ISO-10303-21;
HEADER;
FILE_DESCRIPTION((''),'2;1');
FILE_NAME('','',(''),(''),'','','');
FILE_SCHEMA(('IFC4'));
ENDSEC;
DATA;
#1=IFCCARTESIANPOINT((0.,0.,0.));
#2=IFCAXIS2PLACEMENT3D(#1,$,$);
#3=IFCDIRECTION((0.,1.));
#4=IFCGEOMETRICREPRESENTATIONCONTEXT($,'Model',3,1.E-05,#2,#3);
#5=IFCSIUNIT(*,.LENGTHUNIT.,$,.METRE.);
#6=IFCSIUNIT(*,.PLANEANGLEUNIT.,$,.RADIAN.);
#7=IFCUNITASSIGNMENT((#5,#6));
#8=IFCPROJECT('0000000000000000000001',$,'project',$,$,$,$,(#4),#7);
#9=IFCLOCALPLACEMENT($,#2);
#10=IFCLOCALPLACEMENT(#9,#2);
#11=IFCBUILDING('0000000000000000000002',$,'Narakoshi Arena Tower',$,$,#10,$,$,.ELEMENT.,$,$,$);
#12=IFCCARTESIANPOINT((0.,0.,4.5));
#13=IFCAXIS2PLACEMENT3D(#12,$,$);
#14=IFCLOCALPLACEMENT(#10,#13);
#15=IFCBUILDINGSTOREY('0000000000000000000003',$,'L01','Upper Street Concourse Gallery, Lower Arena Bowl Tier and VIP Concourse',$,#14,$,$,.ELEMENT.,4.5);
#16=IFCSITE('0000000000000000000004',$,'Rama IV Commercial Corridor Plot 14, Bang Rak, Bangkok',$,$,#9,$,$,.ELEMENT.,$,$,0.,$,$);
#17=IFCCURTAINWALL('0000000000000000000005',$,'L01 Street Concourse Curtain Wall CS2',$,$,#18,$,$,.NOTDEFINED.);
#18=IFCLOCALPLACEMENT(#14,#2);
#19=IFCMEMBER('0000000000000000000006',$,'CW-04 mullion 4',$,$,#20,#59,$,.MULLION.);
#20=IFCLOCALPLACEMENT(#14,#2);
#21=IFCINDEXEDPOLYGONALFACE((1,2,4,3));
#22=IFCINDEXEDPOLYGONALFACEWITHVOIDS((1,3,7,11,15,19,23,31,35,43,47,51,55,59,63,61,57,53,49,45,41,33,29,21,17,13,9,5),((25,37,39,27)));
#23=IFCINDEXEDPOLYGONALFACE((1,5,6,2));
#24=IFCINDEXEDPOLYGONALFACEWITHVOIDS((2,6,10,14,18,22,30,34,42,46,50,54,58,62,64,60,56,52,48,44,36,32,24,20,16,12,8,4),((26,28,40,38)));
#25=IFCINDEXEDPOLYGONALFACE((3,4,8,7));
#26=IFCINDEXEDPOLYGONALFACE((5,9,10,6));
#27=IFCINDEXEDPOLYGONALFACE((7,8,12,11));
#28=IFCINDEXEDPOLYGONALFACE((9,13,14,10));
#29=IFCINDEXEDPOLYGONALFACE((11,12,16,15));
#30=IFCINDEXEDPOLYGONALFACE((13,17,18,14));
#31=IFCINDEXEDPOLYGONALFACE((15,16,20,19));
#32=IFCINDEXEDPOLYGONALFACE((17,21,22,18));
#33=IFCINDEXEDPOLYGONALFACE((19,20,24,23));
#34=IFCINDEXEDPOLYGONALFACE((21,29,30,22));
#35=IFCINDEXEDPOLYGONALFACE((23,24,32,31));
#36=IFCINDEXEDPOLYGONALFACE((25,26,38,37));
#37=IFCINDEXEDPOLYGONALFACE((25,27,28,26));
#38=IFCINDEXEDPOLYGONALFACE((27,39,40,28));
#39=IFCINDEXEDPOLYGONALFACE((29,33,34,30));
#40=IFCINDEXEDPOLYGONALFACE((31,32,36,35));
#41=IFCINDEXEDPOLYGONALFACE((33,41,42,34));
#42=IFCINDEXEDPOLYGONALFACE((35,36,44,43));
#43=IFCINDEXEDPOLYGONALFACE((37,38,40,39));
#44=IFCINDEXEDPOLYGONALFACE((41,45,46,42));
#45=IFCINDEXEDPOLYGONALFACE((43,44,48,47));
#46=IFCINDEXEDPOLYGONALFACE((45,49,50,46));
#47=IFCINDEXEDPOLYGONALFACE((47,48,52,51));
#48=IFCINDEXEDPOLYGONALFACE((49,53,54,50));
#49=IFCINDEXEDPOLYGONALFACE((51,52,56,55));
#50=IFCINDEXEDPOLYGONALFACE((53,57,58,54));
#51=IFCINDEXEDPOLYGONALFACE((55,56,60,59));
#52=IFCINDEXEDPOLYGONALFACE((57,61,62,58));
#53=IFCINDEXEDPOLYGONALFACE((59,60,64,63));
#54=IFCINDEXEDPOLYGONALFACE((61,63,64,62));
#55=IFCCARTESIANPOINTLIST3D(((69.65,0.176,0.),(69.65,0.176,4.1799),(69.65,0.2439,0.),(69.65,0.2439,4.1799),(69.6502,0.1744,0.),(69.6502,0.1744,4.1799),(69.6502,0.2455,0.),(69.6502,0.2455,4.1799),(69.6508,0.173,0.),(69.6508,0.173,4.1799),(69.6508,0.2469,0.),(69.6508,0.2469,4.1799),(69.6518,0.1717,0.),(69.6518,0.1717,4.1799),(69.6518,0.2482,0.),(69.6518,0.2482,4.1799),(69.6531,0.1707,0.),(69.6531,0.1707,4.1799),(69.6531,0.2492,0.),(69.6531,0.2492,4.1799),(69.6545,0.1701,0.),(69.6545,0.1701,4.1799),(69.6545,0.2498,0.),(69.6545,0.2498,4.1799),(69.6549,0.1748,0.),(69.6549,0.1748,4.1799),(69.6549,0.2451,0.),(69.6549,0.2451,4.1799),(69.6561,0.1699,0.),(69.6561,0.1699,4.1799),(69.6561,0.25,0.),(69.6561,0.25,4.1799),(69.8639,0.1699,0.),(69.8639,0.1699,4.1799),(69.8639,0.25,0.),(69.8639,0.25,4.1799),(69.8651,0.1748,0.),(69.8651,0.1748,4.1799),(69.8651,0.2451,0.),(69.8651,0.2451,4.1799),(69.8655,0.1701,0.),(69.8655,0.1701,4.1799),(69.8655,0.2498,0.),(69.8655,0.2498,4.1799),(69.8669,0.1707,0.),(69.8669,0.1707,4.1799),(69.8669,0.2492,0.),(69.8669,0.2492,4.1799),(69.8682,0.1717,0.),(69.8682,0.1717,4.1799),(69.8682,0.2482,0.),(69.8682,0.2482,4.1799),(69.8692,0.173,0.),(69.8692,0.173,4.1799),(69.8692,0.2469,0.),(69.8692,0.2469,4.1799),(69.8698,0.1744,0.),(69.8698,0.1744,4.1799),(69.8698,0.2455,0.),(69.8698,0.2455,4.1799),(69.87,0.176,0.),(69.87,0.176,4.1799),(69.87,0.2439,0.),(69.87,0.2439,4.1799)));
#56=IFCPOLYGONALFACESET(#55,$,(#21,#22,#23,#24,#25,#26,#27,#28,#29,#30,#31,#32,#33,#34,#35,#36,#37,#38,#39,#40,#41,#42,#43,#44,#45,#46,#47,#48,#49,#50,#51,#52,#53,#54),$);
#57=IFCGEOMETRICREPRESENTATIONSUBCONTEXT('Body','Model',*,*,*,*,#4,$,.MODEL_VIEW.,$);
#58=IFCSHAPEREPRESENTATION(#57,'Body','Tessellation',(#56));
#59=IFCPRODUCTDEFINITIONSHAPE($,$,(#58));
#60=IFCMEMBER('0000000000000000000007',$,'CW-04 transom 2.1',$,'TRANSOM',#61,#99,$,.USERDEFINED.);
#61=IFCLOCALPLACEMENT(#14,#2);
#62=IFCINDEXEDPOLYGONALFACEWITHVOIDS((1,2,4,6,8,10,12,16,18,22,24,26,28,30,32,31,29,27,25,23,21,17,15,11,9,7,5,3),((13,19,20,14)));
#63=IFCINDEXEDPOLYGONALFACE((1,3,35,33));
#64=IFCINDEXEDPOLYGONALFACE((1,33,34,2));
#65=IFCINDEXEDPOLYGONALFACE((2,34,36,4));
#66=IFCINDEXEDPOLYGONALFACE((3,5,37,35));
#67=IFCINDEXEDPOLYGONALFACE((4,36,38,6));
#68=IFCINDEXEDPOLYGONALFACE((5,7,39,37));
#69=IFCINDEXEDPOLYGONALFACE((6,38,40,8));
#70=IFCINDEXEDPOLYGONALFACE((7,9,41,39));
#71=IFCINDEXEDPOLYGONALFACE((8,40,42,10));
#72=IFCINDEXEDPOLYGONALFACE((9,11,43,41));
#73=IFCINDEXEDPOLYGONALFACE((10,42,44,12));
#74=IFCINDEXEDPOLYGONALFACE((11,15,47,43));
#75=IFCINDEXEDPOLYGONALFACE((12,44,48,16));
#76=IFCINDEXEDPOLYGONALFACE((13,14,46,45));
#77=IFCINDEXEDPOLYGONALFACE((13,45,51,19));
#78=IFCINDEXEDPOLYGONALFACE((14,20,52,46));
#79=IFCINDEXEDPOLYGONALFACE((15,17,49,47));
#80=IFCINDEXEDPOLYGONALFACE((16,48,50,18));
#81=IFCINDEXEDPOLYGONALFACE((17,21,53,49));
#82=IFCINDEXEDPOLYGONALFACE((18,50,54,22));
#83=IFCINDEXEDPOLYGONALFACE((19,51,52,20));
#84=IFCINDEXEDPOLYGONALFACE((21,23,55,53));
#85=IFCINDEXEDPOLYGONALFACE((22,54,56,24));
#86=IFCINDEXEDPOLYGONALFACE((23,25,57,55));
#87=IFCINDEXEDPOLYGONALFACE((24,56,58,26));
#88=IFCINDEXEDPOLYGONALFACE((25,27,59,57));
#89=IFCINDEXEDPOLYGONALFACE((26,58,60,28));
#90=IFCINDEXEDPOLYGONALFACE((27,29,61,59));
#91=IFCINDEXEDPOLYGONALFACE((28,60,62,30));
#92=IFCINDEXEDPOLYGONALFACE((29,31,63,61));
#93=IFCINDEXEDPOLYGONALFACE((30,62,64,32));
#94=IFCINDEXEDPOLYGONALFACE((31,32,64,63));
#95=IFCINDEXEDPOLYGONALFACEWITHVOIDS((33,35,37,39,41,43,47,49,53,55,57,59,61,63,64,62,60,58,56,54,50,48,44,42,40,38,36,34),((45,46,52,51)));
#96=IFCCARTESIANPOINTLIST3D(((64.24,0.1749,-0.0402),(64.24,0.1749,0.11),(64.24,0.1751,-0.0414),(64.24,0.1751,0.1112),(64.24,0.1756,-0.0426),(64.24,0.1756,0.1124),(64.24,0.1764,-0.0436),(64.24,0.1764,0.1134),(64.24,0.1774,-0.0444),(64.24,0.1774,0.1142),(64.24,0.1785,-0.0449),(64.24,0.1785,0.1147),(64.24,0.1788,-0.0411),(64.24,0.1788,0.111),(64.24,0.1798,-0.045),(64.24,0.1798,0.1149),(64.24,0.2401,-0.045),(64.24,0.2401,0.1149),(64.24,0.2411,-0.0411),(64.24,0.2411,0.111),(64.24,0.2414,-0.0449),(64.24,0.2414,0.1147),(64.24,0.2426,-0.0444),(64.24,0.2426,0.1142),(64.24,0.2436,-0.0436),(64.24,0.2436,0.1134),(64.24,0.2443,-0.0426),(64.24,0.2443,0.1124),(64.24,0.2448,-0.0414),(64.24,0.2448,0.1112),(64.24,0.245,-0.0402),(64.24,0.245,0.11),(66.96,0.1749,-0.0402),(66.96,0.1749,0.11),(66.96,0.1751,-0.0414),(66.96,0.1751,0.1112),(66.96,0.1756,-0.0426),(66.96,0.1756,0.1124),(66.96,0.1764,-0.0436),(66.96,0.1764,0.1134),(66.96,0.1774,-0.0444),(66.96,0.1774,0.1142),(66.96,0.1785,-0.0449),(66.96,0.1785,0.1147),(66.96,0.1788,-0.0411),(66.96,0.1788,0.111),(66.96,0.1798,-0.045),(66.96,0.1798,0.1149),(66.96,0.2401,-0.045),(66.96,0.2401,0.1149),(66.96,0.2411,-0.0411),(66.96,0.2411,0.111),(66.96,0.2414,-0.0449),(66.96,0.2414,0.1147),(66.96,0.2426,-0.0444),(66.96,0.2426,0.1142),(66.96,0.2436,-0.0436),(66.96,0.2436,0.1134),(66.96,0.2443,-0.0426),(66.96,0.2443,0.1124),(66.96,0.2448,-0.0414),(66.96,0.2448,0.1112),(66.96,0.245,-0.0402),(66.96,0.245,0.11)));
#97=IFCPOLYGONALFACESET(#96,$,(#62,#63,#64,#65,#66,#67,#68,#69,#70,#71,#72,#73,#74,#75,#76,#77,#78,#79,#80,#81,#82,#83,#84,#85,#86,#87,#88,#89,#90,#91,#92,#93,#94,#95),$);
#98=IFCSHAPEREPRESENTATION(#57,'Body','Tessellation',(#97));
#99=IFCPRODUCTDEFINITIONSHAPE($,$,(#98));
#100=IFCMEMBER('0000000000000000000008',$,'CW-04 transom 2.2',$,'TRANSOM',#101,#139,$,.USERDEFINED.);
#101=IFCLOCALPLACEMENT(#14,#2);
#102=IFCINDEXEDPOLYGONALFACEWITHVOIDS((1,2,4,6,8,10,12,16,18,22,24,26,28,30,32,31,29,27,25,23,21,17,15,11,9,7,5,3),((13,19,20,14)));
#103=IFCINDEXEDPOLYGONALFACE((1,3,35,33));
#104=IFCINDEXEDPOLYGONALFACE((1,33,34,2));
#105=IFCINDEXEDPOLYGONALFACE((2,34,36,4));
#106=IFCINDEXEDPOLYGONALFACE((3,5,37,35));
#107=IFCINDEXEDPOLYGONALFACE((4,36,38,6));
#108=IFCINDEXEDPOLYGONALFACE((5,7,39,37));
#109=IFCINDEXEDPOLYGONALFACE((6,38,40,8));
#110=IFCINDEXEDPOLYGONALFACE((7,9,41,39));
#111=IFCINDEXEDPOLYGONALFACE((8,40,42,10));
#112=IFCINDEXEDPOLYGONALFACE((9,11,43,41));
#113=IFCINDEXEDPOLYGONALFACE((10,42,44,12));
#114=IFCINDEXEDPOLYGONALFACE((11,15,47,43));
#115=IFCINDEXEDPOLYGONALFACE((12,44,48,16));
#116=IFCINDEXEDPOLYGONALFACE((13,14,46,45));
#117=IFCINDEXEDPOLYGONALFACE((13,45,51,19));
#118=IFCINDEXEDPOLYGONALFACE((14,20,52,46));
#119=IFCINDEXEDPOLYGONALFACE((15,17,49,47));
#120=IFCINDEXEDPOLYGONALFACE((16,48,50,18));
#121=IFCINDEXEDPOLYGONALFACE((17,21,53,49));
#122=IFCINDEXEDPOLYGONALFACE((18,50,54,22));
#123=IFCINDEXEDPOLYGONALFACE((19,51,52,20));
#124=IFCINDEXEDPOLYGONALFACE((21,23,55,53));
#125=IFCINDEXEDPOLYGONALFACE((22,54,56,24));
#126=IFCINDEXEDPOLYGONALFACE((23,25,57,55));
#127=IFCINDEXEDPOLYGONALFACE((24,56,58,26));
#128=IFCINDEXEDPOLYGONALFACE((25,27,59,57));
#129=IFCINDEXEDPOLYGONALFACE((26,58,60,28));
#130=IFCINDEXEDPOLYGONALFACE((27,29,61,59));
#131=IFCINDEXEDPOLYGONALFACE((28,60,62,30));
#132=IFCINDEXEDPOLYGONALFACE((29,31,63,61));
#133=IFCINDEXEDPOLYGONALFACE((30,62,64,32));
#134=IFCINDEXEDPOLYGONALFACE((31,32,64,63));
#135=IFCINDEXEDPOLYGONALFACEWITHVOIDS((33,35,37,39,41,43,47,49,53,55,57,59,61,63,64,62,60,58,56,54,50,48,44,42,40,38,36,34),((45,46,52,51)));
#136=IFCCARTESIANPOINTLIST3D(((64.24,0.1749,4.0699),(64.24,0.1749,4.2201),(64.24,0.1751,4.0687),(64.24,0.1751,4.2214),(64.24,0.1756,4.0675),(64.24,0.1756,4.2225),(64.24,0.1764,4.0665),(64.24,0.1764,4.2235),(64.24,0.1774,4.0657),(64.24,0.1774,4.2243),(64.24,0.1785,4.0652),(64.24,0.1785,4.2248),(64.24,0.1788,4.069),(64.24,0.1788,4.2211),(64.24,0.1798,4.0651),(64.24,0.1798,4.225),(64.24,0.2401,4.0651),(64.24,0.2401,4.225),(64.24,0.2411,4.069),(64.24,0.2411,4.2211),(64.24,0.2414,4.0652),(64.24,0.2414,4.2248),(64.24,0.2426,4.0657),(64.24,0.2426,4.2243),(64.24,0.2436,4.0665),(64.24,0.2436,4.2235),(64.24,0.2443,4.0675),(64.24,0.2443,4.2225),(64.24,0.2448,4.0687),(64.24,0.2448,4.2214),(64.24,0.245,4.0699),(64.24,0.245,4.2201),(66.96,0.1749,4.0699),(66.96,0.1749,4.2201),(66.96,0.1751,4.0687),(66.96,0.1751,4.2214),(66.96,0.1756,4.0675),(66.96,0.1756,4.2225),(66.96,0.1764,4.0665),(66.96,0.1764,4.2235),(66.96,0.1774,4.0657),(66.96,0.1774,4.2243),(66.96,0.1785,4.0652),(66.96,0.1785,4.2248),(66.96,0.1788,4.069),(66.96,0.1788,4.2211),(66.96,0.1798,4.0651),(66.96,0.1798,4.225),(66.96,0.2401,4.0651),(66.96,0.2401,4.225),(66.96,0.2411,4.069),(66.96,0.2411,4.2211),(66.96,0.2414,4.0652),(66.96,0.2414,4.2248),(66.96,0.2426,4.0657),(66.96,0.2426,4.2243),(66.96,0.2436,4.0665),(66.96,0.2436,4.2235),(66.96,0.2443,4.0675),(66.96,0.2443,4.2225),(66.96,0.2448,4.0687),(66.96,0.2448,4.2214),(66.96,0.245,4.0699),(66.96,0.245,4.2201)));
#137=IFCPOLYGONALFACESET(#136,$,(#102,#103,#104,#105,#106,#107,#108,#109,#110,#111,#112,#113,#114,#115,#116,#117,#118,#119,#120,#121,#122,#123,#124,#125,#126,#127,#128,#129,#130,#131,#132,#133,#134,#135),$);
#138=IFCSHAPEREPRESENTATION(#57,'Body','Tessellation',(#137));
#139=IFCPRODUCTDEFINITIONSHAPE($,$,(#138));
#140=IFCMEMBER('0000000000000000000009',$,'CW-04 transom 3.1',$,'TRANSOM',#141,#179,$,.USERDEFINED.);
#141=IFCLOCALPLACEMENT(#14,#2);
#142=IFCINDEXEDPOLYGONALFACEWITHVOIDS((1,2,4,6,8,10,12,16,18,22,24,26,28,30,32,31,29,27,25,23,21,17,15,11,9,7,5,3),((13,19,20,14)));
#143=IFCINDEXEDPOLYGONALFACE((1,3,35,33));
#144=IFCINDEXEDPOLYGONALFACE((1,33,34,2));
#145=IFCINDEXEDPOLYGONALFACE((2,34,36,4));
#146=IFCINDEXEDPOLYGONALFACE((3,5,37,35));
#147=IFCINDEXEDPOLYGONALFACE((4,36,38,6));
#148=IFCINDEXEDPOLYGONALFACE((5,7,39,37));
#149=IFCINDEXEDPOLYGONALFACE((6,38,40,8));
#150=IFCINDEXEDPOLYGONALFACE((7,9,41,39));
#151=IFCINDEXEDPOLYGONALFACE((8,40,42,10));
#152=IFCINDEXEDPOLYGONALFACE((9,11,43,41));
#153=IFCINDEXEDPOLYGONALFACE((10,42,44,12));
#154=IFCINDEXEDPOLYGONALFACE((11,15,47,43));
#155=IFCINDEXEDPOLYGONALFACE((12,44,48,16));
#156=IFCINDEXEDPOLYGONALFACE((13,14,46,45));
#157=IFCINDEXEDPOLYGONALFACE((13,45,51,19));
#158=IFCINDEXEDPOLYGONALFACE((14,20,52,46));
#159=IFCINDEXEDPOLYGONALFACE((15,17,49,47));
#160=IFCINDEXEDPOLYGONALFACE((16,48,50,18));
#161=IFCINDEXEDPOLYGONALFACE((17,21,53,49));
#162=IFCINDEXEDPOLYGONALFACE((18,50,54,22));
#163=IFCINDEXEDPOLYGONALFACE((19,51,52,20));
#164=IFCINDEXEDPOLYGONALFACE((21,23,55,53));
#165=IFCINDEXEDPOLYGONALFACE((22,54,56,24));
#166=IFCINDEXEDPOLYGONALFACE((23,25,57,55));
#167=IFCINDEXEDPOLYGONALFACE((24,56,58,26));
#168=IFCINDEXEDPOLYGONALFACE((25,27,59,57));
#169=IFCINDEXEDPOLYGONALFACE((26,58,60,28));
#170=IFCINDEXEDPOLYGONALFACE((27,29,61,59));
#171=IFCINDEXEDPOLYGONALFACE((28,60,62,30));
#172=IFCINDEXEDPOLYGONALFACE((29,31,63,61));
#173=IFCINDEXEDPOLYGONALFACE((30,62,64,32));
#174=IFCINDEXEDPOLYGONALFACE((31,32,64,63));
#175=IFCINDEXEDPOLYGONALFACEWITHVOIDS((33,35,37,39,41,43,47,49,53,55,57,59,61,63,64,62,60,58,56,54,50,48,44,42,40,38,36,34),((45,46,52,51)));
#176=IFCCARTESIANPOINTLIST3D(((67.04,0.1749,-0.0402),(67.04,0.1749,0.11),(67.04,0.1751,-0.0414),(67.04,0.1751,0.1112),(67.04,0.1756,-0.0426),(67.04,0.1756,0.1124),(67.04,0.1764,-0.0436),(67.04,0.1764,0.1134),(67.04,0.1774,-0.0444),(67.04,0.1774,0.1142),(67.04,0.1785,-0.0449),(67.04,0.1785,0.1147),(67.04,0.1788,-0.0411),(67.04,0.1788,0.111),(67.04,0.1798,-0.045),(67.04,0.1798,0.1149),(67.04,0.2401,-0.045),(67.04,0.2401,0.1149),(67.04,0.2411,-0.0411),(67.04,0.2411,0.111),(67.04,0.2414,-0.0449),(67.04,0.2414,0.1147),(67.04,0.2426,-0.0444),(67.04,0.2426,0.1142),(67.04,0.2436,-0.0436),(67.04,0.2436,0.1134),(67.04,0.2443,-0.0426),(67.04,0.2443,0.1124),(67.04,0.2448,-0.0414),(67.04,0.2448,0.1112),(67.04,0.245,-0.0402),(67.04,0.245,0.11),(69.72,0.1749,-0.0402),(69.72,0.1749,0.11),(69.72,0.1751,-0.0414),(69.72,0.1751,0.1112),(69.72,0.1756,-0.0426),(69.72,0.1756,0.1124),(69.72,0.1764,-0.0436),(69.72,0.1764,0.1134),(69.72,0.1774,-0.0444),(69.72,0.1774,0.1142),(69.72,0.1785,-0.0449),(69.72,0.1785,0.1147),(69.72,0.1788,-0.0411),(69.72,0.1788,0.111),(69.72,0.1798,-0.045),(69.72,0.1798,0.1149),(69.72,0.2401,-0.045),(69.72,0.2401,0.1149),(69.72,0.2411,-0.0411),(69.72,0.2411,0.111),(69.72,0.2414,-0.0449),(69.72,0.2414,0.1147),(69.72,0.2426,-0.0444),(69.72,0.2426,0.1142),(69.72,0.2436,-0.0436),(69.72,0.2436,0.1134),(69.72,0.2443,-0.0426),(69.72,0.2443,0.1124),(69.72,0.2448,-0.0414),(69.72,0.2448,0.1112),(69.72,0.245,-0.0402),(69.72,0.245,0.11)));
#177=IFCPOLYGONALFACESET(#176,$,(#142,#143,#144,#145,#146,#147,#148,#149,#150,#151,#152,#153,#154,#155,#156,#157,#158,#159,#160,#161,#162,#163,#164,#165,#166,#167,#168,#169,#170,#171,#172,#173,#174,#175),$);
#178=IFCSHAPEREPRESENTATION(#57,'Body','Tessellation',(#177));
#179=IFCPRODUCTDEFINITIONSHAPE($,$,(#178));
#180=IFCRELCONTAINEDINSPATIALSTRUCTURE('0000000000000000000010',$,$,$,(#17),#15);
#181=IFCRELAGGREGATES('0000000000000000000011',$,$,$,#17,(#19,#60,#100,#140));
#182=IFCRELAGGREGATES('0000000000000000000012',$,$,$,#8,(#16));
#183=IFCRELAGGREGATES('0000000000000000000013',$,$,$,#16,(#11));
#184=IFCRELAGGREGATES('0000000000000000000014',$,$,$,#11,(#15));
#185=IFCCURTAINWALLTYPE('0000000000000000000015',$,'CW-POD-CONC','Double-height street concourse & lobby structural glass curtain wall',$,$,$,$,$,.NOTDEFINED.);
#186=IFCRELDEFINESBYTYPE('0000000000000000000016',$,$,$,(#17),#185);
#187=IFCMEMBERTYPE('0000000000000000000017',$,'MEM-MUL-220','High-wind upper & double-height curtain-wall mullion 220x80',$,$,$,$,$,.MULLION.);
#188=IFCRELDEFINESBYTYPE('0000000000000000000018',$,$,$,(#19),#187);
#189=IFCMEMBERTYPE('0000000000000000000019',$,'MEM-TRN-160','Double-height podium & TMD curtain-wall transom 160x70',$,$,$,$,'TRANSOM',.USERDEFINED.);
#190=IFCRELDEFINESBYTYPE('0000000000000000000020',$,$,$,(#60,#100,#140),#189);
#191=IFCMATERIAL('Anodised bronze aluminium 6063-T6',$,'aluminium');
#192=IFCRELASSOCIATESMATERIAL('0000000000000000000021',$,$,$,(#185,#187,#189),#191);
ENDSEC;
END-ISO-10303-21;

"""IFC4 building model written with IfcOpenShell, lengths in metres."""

from ifc_helpers import new_model, si_unit, direction, frame, origin, origin_2d, place, context, subcontext, project, spatial, hollow_rectangle, extrude, material, material_profile, profile_set, type_object, element, aggregate, save


model = new_model("IFC4")

# Units and contexts
model_context = context("Model", 3, precision=1e-05, world=origin(), true_north=direction((0.0, 1.0)))
body_context = subcontext(model_context, "Body", "Model", "MODEL_VIEW")
ifc_project = project(units=[si_unit("LENGTHUNIT", "METRE"), si_unit("PLANEANGLEUNIT", "RADIAN")], contexts=[model_context])

# Site, building, storey
site_placement = place(None, origin())
site = spatial("IfcSite", under=ifc_project, at=site_placement, Name="Rama IV Commercial Corridor Plot 14, Bang Rak, Bangkok", CompositionType="ELEMENT", RefElevation=0.0)
building_placement = place(site_placement, origin())
building = spatial("IfcBuilding", under=site, at=building_placement, Name="Narakoshi Arena Tower", CompositionType="ELEMENT")
storey_placement = place(building_placement, frame((0.0, 0.0, 4.5)))
storey = spatial("IfcBuildingStorey", under=building, at=storey_placement, Name="L01", Description="Upper Street Concourse Gallery, Lower Arena Bowl Tier and VIP Concourse", CompositionType="ELEMENT", Elevation=4.5)

# Curtain wall, members
ifc_material_1 = material(Name="Anodised bronze aluminium 6063-T6", Category="aluminium")
curtain_wall_type = type_object("IfcCurtainWallType", Name="CW-POD-CONC", Description="Double-height street concourse & lobby structural glass curtain wall", PredefinedType="NOTDEFINED", material=ifc_material_1)
curtain_wall_placement = place(storey_placement, origin())
curtain_wall = element("IfcCurtainWall", 1, at=curtain_wall_placement, inside=storey, type_object=curtain_wall_type, Name="L01 Street Concourse Curtain Wall CS2", PredefinedType="NOTDEFINED")
ifc_material_profile_1 = material_profile(ifc_material_1, hollow_rectangle(XDim=0.0801, YDim=0.22, WallThickness=0.0049, OuterFilletRadius=0.0061, at=origin_2d()), Name="MUL220x80x5")
ifc_profile_set_1 = profile_set([ifc_material_profile_1], Name="Anodised bronze aluminium 6063-T6")
member_type_1 = type_object("IfcMemberType", Name="MEM-MUL-220", Description="High-wind upper & double-height curtain-wall mullion 220x80", PredefinedType="MULLION", material=ifc_profile_set_1)
member_1_placement = place(storey_placement, frame((69.76, 0.21, 0.0), z_axis=(0.0, 0.0, 1.0), x_axis=(0.0, 1.0, 0.0)))
member_1 = element("IfcMember", 2, at=member_1_placement, type_object=member_type_1, Name="CW-04 mullion 4", PredefinedType="MULLION", context=body_context, shape_type="SweptSolid", body=[
    extrude(hollow_rectangle(XDim=0.0801, YDim=0.22, WallThickness=0.0049, OuterFilletRadius=0.0061, at=origin_2d()), origin(), (0.0, 0.0, 1.0), 4.1799),
])
ifc_material_profile_2 = material_profile(ifc_material_1, hollow_rectangle(XDim=0.0701, YDim=0.1599, WallThickness=0.0039, OuterFilletRadius=0.0049, at=origin_2d()), Name="TRN160x70x4")
ifc_profile_set_2 = profile_set([ifc_material_profile_2], Name="Anodised bronze aluminium 6063-T6")
member_type_2 = type_object("IfcMemberType", Name="MEM-TRN-160", Description="Double-height podium & TMD curtain-wall transom 160x70", ElementType="TRANSOM", PredefinedType="USERDEFINED", material=ifc_profile_set_2)
member_2_placement = place(storey_placement, frame((64.24, 0.21, 0.0349), z_axis=(1.0, 0.0, 0.0), x_axis=(0.0, 1.0, 0.0)))
member_2 = element("IfcMember", 3, at=member_2_placement, type_object=member_type_2, Name="CW-04 transom 2.1", ObjectType="TRANSOM", PredefinedType="USERDEFINED", context=body_context, shape_type="SweptSolid", body=[
    extrude(hollow_rectangle(XDim=0.0701, YDim=0.1599, WallThickness=0.0039, OuterFilletRadius=0.0049, at=origin_2d()), origin(), (0.0, 0.0, 1.0), 2.72),
])
member_3_placement = place(storey_placement, frame((64.24, 0.21, 4.145), z_axis=(1.0, 0.0, 0.0), x_axis=(0.0, 1.0, 0.0)))
member_3 = element("IfcMember", 4, at=member_3_placement, type_object=member_type_2, Name="CW-04 transom 2.2", ObjectType="TRANSOM", PredefinedType="USERDEFINED", context=body_context, shape_type="SweptSolid", body=[
    extrude(hollow_rectangle(XDim=0.0701, YDim=0.1599, WallThickness=0.0039, OuterFilletRadius=0.0049, at=origin_2d()), origin(), (0.0, 0.0, 1.0), 2.72),
])
member_4_placement = place(storey_placement, frame((67.04, 0.21, 0.0349), z_axis=(1.0, 0.0, 0.0), x_axis=(0.0, 1.0, 0.0)))
member_4 = element("IfcMember", 5, at=member_4_placement, type_object=member_type_2, Name="CW-04 transom 3.1", ObjectType="TRANSOM", PredefinedType="USERDEFINED", context=body_context, shape_type="SweptSolid", body=[
    extrude(hollow_rectangle(XDim=0.0701, YDim=0.1599, WallThickness=0.0039, OuterFilletRadius=0.0049, at=origin_2d()), origin(), (0.0, 0.0, 1.0), 2.6799),
])
aggregate(curtain_wall, [member_1, member_2, member_3, member_4])

save(model, "model.ifc")
